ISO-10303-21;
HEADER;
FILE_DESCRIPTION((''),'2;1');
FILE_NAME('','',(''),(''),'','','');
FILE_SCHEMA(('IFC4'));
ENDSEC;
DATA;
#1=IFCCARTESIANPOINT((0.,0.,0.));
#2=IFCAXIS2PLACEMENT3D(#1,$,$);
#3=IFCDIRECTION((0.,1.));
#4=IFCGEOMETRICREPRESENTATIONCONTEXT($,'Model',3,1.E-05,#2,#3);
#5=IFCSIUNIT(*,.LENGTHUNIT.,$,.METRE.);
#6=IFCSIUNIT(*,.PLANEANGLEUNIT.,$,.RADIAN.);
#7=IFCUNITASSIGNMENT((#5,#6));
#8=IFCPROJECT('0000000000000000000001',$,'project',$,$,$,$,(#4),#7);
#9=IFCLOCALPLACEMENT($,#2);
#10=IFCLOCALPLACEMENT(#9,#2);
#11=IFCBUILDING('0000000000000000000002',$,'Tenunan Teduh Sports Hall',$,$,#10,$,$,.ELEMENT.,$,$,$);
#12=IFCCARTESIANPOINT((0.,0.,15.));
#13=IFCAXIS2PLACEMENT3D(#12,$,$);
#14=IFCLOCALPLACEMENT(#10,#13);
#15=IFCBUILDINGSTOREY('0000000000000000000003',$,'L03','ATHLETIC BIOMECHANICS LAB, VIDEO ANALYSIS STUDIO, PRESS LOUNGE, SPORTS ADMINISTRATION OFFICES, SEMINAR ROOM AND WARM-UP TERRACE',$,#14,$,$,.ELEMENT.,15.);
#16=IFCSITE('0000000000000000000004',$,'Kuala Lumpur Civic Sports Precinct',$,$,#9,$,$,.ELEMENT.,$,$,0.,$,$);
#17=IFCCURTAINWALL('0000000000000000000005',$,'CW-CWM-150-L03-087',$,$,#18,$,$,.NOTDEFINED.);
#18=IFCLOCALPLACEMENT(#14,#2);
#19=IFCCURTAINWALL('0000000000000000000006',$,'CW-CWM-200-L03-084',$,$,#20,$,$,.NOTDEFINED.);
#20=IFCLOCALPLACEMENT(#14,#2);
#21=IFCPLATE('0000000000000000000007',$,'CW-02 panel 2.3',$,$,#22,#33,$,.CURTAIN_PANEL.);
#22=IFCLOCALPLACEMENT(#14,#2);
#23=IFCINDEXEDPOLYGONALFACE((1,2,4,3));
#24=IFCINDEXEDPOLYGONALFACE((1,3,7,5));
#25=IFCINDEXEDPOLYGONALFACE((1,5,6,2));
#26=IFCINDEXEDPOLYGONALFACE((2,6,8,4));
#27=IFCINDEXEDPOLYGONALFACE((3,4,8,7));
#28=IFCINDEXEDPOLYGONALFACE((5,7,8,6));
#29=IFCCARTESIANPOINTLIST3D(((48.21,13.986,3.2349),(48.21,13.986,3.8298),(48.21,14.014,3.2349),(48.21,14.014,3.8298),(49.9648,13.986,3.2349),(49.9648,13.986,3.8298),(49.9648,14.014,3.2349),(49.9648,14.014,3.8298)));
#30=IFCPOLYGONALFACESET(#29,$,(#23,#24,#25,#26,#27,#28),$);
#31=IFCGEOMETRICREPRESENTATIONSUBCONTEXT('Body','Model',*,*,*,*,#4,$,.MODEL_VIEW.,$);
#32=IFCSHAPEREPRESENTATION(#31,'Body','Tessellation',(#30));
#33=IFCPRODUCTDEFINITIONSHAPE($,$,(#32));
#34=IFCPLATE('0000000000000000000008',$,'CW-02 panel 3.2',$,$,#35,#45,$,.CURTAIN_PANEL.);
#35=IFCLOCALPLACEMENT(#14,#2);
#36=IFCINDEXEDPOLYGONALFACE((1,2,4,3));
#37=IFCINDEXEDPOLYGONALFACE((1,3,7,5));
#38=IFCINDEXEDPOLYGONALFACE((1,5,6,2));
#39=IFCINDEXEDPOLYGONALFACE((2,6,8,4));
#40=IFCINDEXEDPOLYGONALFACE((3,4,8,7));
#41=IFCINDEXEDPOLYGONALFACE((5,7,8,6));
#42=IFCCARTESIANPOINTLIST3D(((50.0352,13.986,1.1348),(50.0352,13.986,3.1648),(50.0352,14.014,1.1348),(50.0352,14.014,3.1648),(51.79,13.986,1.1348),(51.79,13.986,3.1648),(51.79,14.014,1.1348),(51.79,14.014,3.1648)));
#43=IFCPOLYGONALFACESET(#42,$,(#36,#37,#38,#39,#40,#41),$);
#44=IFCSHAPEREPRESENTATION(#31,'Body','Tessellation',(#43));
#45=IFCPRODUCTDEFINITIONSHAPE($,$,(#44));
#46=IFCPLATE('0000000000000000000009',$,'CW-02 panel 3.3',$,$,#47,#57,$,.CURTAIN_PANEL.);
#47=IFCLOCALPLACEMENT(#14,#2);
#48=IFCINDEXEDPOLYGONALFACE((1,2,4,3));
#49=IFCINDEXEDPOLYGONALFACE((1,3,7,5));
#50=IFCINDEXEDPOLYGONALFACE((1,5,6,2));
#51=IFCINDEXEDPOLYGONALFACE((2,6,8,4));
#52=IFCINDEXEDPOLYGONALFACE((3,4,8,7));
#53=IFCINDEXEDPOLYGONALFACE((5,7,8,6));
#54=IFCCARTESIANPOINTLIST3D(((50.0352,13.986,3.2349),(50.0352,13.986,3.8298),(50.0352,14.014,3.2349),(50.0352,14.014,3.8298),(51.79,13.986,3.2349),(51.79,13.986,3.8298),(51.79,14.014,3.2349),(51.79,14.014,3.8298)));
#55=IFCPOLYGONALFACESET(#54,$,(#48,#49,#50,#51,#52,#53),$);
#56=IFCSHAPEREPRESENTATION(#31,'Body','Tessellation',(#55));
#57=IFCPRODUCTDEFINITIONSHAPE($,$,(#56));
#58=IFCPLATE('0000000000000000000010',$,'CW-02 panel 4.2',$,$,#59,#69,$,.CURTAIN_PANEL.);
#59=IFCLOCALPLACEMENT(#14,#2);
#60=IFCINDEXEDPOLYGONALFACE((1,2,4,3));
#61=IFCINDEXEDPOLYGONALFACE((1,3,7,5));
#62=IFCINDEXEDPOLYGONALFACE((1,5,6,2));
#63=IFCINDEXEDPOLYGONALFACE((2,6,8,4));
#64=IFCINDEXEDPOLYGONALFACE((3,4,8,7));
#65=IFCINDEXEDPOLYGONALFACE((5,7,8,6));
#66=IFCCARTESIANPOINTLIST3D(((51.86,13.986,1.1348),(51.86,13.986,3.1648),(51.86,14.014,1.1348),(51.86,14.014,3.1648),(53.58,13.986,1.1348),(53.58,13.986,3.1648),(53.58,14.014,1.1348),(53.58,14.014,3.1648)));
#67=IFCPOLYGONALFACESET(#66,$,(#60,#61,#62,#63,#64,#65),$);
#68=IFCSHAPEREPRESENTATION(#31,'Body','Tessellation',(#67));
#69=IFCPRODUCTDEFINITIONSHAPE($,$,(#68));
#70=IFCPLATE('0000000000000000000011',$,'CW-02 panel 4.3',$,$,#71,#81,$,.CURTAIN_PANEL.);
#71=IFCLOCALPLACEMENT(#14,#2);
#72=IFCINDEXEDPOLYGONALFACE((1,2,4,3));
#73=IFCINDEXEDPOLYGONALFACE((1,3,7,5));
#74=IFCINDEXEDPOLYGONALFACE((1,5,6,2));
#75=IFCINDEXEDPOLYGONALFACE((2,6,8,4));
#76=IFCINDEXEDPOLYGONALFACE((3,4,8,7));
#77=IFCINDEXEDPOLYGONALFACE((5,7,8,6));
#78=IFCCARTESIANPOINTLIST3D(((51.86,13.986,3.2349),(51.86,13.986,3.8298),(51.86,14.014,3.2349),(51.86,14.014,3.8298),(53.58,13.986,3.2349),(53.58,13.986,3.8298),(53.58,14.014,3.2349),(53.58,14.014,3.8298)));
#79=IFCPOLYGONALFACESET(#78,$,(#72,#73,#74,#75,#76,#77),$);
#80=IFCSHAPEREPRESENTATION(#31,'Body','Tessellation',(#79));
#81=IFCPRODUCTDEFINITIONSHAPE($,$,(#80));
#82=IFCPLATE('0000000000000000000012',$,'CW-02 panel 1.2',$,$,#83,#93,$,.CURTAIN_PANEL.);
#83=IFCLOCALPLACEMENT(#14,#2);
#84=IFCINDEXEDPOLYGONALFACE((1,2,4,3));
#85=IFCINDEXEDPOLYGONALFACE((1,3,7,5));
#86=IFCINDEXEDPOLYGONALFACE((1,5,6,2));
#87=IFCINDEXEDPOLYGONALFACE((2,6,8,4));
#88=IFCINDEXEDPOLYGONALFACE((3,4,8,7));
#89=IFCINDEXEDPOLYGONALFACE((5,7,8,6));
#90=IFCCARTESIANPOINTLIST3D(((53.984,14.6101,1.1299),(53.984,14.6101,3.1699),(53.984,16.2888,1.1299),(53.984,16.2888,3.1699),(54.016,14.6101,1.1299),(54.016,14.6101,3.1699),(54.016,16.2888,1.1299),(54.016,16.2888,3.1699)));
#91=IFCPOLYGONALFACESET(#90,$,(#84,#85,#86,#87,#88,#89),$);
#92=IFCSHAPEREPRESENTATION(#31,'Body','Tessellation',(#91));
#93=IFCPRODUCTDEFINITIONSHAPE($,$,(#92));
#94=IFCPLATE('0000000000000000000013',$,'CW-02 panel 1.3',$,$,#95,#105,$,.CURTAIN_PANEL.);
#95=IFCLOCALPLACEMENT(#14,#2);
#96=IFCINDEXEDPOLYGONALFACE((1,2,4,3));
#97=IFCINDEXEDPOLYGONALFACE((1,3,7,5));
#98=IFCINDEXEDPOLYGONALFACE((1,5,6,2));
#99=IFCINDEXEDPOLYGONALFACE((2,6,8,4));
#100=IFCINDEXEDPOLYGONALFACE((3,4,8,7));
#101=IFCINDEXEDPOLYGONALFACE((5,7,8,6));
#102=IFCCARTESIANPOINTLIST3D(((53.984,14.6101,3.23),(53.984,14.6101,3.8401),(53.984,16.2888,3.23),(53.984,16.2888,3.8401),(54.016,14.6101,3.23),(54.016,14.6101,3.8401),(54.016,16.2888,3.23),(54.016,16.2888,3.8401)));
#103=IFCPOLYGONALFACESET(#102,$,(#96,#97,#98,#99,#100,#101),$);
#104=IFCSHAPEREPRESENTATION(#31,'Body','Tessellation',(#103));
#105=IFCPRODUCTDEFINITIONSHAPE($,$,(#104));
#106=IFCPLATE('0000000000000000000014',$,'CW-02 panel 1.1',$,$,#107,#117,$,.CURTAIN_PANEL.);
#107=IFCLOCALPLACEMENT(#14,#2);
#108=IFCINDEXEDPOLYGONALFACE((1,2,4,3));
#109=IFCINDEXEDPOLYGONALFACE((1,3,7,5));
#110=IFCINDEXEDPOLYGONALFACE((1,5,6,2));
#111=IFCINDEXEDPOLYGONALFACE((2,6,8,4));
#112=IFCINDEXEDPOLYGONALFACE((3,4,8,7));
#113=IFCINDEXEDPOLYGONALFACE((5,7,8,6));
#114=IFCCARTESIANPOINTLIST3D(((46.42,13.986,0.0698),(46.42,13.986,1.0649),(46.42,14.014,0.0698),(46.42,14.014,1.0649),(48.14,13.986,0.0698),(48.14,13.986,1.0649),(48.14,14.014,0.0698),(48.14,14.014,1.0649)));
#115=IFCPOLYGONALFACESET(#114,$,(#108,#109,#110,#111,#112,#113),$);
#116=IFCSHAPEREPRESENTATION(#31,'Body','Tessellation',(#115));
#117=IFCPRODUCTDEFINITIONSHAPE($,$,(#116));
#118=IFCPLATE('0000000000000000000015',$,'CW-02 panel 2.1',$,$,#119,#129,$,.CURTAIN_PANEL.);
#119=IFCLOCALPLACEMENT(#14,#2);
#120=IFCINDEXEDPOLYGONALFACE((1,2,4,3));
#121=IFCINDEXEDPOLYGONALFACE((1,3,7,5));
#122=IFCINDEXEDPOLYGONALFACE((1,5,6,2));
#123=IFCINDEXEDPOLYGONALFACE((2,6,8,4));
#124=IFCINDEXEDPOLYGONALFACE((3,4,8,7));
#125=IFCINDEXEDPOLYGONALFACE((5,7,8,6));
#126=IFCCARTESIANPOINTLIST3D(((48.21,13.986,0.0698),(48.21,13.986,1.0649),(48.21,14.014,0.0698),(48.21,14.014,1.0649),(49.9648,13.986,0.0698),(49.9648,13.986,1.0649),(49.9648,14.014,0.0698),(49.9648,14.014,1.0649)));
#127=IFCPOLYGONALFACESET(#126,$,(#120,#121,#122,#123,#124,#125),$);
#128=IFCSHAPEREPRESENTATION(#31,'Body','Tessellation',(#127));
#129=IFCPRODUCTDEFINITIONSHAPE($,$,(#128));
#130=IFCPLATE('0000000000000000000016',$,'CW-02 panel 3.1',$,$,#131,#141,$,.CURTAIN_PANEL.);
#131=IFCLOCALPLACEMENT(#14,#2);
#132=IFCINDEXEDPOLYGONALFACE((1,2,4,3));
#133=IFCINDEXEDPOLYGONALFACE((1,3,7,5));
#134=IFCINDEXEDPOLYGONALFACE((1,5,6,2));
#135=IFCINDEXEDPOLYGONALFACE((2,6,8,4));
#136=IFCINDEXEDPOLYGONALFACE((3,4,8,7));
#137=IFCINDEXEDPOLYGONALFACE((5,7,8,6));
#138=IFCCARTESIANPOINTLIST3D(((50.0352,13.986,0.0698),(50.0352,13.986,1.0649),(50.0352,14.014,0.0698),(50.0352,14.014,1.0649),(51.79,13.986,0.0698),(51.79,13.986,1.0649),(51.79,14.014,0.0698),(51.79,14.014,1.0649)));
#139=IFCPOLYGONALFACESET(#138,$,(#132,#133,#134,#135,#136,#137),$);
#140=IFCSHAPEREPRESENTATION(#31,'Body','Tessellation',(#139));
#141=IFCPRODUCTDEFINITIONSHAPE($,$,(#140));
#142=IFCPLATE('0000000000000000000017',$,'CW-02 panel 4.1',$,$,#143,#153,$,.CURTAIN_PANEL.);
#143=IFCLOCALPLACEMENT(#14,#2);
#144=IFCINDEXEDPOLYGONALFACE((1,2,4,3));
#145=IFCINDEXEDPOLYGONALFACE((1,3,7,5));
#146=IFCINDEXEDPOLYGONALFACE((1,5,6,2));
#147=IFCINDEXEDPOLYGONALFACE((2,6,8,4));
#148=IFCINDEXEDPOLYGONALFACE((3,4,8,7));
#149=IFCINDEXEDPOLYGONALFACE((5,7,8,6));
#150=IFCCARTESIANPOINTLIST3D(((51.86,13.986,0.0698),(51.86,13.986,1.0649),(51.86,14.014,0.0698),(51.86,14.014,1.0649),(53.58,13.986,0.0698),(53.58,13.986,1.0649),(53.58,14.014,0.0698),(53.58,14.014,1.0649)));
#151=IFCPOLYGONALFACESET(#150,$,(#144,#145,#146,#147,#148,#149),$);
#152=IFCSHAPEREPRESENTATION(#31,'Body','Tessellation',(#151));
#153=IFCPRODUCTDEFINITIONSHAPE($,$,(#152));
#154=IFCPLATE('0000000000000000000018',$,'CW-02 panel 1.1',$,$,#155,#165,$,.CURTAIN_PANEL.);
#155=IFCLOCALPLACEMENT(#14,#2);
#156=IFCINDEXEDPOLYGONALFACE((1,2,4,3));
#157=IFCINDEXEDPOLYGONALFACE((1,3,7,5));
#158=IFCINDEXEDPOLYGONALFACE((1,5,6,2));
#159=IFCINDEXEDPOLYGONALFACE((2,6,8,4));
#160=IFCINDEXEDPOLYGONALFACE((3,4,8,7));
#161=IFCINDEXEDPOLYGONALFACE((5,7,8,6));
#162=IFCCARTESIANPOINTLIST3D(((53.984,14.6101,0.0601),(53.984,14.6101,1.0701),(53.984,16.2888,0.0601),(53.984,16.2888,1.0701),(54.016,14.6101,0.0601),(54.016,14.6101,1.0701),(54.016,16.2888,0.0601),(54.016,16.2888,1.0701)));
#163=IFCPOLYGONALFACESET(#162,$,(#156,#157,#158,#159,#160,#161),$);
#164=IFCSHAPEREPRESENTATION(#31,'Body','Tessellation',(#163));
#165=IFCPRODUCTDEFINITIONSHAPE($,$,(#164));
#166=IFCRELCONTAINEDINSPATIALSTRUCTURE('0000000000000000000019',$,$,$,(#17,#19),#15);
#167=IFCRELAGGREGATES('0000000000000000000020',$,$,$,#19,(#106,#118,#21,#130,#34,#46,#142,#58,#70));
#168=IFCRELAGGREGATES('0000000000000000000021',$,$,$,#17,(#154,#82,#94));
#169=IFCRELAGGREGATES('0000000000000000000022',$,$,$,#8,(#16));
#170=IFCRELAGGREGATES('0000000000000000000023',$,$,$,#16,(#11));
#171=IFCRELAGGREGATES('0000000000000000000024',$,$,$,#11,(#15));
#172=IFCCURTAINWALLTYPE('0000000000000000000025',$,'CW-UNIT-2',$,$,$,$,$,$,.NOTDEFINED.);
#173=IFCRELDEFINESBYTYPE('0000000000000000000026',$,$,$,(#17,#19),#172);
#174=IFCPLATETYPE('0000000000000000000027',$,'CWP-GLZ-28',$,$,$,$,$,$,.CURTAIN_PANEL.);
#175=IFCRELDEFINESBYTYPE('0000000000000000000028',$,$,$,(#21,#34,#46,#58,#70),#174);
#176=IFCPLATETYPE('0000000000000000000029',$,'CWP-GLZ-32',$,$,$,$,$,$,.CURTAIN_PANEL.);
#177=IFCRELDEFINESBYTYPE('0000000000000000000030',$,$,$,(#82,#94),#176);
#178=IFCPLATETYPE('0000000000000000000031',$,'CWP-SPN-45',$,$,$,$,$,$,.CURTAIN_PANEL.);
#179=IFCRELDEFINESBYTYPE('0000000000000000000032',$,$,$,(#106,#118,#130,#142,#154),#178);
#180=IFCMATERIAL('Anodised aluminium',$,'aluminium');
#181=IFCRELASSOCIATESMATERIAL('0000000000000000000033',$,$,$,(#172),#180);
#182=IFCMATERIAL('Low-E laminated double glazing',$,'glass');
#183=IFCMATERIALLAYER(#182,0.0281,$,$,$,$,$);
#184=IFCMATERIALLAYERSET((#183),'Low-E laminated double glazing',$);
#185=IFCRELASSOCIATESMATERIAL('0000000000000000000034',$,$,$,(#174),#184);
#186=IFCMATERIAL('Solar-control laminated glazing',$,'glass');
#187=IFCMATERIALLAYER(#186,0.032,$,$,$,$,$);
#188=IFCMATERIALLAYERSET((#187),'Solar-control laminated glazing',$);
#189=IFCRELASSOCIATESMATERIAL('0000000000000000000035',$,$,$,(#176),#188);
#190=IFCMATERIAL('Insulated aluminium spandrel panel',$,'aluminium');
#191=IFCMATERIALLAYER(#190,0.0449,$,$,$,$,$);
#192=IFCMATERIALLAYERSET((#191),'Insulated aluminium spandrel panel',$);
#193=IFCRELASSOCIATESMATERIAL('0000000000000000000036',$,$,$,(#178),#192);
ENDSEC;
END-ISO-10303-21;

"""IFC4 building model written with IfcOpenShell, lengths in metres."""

from ifc_helpers import new_model, si_unit, direction, frame, origin, origin_2d, place, context, subcontext, project, spatial, rectangle, extrude, material, layer, layer_set, type_object, element, aggregate, save


model = new_model("IFC4")

# Units and contexts
model_context = context("Model", 3, precision=1e-05, world=origin(), true_north=direction((0.0, 1.0)))
body_context = subcontext(model_context, "Body", "Model", "MODEL_VIEW")
ifc_project = project(units=[si_unit("LENGTHUNIT", "METRE"), si_unit("PLANEANGLEUNIT", "RADIAN")], contexts=[model_context])

# Site, building, storey
site_placement = place(None, origin())
site = spatial("IfcSite", under=ifc_project, at=site_placement, Name="Kuala Lumpur Civic Sports Precinct", CompositionType="ELEMENT", RefElevation=0.0)
building_placement = place(site_placement, origin())
building = spatial("IfcBuilding", under=site, at=building_placement, Name="Tenunan Teduh Sports Hall", CompositionType="ELEMENT")
storey_placement = place(building_placement, frame((0.0, 0.0, 15.0)))
storey = spatial("IfcBuildingStorey", under=building, at=storey_placement, Name="L03", Description="ATHLETIC BIOMECHANICS LAB, VIDEO ANALYSIS STUDIO, PRESS LOUNGE, SPORTS ADMINISTRATION OFFICES, SEMINAR ROOM AND WARM-UP TERRACE", CompositionType="ELEMENT", Elevation=15.0)

# Curtain walls
ifc_material_1 = material(Name="Anodised aluminium", Category="aluminium")
curtain_wall_type = type_object("IfcCurtainWallType", Name="CW-UNIT-2", PredefinedType="NOTDEFINED", material=ifc_material_1)
curtain_wall_1_placement = place(storey_placement, origin())
curtain_wall_1 = element("IfcCurtainWall", 1, at=curtain_wall_1_placement, inside=storey, type_object=curtain_wall_type, Name="CW-CWM-150-L03-087", PredefinedType="NOTDEFINED")
curtain_wall_2_placement = place(storey_placement, origin())
curtain_wall_2 = element("IfcCurtainWall", 2, at=curtain_wall_2_placement, inside=storey, type_object=curtain_wall_type, Name="CW-CWM-200-L03-084", PredefinedType="NOTDEFINED")

# Plates
ifc_material_2 = material(Name="Low-E laminated double glazing", Category="glass")
ifc_layer_1 = layer(ifc_material_2, 0.0281)
ifc_layer_set_1 = layer_set([ifc_layer_1], Name="Low-E laminated double glazing")
plate_type_1 = type_object("IfcPlateType", Name="CWP-GLZ-28", PredefinedType="CURTAIN_PANEL", material=ifc_layer_set_1)
plate_1_placement = place(storey_placement, frame((49.0874, 14.0, 3.2349), z_axis=(0.0, 0.0, 1.0), x_axis=(1.0, 0.0, 0.0)))
plate_1 = element("IfcPlate", 3, at=plate_1_placement, type_object=plate_type_1, Name="CW-02 panel 2.3", PredefinedType="CURTAIN_PANEL", context=body_context, shape_type="SweptSolid", body=[
    extrude(rectangle(XDim=1.7549, YDim=0.0281, at=origin_2d()), origin(), (0.0, 0.0, 1.0), 0.595),
])
plate_2_placement = place(storey_placement, frame((50.9126, 14.0, 1.1348), z_axis=(0.0, 0.0, 1.0), x_axis=(1.0, 0.0, 0.0)))
plate_2 = element("IfcPlate", 4, at=plate_2_placement, type_object=plate_type_1, Name="CW-02 panel 3.2", PredefinedType="CURTAIN_PANEL", context=body_context, shape_type="SweptSolid", body=[
    extrude(rectangle(XDim=1.7549, YDim=0.0281, at=origin_2d()), origin(), (0.0, 0.0, 1.0), 2.03),
])
plate_3_placement = place(storey_placement, frame((50.9126, 14.0, 3.2349), z_axis=(0.0, 0.0, 1.0), x_axis=(1.0, 0.0, 0.0)))
plate_3 = element("IfcPlate", 5, at=plate_3_placement, type_object=plate_type_1, Name="CW-02 panel 3.3", PredefinedType="CURTAIN_PANEL", context=body_context, shape_type="SweptSolid", body=[
    extrude(rectangle(XDim=1.7549, YDim=0.0281, at=origin_2d()), origin(), (0.0, 0.0, 1.0), 0.595),
])
plate_4_placement = place(storey_placement, frame((52.72, 14.0, 1.1348), z_axis=(0.0, 0.0, 1.0), x_axis=(1.0, 0.0, 0.0)))
plate_4 = element("IfcPlate", 6, at=plate_4_placement, type_object=plate_type_1, Name="CW-02 panel 4.2", PredefinedType="CURTAIN_PANEL", context=body_context, shape_type="SweptSolid", body=[
    extrude(rectangle(XDim=1.72, YDim=0.0281, at=origin_2d()), origin(), (0.0, 0.0, 1.0), 2.03),
])
plate_5_placement = place(storey_placement, frame((52.72, 14.0, 3.2349), z_axis=(0.0, 0.0, 1.0), x_axis=(1.0, 0.0, 0.0)))
plate_5 = element("IfcPlate", 7, at=plate_5_placement, type_object=plate_type_1, Name="CW-02 panel 4.3", PredefinedType="CURTAIN_PANEL", context=body_context, shape_type="SweptSolid", body=[
    extrude(rectangle(XDim=1.72, YDim=0.0281, at=origin_2d()), origin(), (0.0, 0.0, 1.0), 0.595),
])
ifc_material_3 = material(Name="Solar-control laminated glazing", Category="glass")
ifc_layer_2 = layer(ifc_material_3, 0.032)
ifc_layer_set_2 = layer_set([ifc_layer_2], Name="Solar-control laminated glazing")
plate_type_2 = type_object("IfcPlateType", Name="CWP-GLZ-32", PredefinedType="CURTAIN_PANEL", material=ifc_layer_set_2)
plate_6_placement = place(storey_placement, frame((54.0, 15.4495, 1.1299), z_axis=(0.0, 0.0, 1.0), x_axis=(0.0, 1.0, 0.0)))
plate_6 = element("IfcPlate", 8, at=plate_6_placement, type_object=plate_type_2, Name="CW-02 panel 1.2", PredefinedType="CURTAIN_PANEL", context=body_context, shape_type="SweptSolid", body=[
    extrude(rectangle(XDim=1.6787, YDim=0.032, at=origin_2d()), origin(), (0.0, 0.0, 1.0), 2.04),
])
plate_7_placement = place(storey_placement, frame((54.0, 15.4495, 3.23), z_axis=(0.0, 0.0, 1.0), x_axis=(0.0, 1.0, 0.0)))
plate_7 = element("IfcPlate", 9, at=plate_7_placement, type_object=plate_type_2, Name="CW-02 panel 1.3", PredefinedType="CURTAIN_PANEL", context=body_context, shape_type="SweptSolid", body=[
    extrude(rectangle(XDim=1.6787, YDim=0.032, at=origin_2d()), origin(), (0.0, 0.0, 1.0), 0.6101),
])
ifc_material_4 = material(Name="Insulated aluminium spandrel panel", Category="aluminium")
ifc_layer_3 = layer(ifc_material_4, 0.0449)
ifc_layer_set_3 = layer_set([ifc_layer_3], Name="Insulated aluminium spandrel panel")
plate_type_3 = type_object("IfcPlateType", Name="CWP-SPN-45", PredefinedType="CURTAIN_PANEL", material=ifc_layer_set_3)
plate_8_placement = place(storey_placement, frame((47.28, 14.0, 0.0698), z_axis=(0.0, 0.0, 1.0), x_axis=(1.0, 0.0, 0.0)))
plate_8 = element("IfcPlate", 10, at=plate_8_placement, type_object=plate_type_3, Name="CW-02 panel 1.1", PredefinedType="CURTAIN_PANEL", context=body_context, shape_type="SweptSolid", body=[
    extrude(rectangle(XDim=1.72, YDim=0.0281, at=origin_2d()), origin(), (0.0, 0.0, 1.0), 0.9951),
])
plate_9_placement = place(storey_placement, frame((49.0874, 14.0, 0.0698), z_axis=(0.0, 0.0, 1.0), x_axis=(1.0, 0.0, 0.0)))
plate_9 = element("IfcPlate", 11, at=plate_9_placement, type_object=plate_type_3, Name="CW-02 panel 2.1", PredefinedType="CURTAIN_PANEL", context=body_context, shape_type="SweptSolid", body=[
    extrude(rectangle(XDim=1.7549, YDim=0.0281, at=origin_2d()), origin(), (0.0, 0.0, 1.0), 0.9951),
])
plate_10_placement = place(storey_placement, frame((50.9126, 14.0, 0.0698), z_axis=(0.0, 0.0, 1.0), x_axis=(1.0, 0.0, 0.0)))
plate_10 = element("IfcPlate", 12, at=plate_10_placement, type_object=plate_type_3, Name="CW-02 panel 3.1", PredefinedType="CURTAIN_PANEL", context=body_context, shape_type="SweptSolid", body=[
    extrude(rectangle(XDim=1.7549, YDim=0.0281, at=origin_2d()), origin(), (0.0, 0.0, 1.0), 0.9951),
])
plate_11_placement = place(storey_placement, frame((52.72, 14.0, 0.0698), z_axis=(0.0, 0.0, 1.0), x_axis=(1.0, 0.0, 0.0)))
plate_11 = element("IfcPlate", 13, at=plate_11_placement, type_object=plate_type_3, Name="CW-02 panel 4.1", PredefinedType="CURTAIN_PANEL", context=body_context, shape_type="SweptSolid", body=[
    extrude(rectangle(XDim=1.72, YDim=0.0281, at=origin_2d()), origin(), (0.0, 0.0, 1.0), 0.9951),
])
aggregate(curtain_wall_2, [plate_8, plate_9, plate_1, plate_10, plate_2, plate_3, plate_11, plate_4, plate_5])
plate_12_placement = place(storey_placement, frame((54.0, 15.4495, 0.0601), z_axis=(0.0, 0.0, 1.0), x_axis=(0.0, 1.0, 0.0)))
plate_12 = element("IfcPlate", 14, at=plate_12_placement, type_object=plate_type_3, Name="CW-02 panel 1.1", PredefinedType="CURTAIN_PANEL", context=body_context, shape_type="SweptSolid", body=[
    extrude(rectangle(XDim=1.6787, YDim=0.032, at=origin_2d()), origin(), (0.0, 0.0, 1.0), 1.01),
])
aggregate(curtain_wall_1, [plate_12, plate_6, plate_7])

save(model, "model.ifc")
